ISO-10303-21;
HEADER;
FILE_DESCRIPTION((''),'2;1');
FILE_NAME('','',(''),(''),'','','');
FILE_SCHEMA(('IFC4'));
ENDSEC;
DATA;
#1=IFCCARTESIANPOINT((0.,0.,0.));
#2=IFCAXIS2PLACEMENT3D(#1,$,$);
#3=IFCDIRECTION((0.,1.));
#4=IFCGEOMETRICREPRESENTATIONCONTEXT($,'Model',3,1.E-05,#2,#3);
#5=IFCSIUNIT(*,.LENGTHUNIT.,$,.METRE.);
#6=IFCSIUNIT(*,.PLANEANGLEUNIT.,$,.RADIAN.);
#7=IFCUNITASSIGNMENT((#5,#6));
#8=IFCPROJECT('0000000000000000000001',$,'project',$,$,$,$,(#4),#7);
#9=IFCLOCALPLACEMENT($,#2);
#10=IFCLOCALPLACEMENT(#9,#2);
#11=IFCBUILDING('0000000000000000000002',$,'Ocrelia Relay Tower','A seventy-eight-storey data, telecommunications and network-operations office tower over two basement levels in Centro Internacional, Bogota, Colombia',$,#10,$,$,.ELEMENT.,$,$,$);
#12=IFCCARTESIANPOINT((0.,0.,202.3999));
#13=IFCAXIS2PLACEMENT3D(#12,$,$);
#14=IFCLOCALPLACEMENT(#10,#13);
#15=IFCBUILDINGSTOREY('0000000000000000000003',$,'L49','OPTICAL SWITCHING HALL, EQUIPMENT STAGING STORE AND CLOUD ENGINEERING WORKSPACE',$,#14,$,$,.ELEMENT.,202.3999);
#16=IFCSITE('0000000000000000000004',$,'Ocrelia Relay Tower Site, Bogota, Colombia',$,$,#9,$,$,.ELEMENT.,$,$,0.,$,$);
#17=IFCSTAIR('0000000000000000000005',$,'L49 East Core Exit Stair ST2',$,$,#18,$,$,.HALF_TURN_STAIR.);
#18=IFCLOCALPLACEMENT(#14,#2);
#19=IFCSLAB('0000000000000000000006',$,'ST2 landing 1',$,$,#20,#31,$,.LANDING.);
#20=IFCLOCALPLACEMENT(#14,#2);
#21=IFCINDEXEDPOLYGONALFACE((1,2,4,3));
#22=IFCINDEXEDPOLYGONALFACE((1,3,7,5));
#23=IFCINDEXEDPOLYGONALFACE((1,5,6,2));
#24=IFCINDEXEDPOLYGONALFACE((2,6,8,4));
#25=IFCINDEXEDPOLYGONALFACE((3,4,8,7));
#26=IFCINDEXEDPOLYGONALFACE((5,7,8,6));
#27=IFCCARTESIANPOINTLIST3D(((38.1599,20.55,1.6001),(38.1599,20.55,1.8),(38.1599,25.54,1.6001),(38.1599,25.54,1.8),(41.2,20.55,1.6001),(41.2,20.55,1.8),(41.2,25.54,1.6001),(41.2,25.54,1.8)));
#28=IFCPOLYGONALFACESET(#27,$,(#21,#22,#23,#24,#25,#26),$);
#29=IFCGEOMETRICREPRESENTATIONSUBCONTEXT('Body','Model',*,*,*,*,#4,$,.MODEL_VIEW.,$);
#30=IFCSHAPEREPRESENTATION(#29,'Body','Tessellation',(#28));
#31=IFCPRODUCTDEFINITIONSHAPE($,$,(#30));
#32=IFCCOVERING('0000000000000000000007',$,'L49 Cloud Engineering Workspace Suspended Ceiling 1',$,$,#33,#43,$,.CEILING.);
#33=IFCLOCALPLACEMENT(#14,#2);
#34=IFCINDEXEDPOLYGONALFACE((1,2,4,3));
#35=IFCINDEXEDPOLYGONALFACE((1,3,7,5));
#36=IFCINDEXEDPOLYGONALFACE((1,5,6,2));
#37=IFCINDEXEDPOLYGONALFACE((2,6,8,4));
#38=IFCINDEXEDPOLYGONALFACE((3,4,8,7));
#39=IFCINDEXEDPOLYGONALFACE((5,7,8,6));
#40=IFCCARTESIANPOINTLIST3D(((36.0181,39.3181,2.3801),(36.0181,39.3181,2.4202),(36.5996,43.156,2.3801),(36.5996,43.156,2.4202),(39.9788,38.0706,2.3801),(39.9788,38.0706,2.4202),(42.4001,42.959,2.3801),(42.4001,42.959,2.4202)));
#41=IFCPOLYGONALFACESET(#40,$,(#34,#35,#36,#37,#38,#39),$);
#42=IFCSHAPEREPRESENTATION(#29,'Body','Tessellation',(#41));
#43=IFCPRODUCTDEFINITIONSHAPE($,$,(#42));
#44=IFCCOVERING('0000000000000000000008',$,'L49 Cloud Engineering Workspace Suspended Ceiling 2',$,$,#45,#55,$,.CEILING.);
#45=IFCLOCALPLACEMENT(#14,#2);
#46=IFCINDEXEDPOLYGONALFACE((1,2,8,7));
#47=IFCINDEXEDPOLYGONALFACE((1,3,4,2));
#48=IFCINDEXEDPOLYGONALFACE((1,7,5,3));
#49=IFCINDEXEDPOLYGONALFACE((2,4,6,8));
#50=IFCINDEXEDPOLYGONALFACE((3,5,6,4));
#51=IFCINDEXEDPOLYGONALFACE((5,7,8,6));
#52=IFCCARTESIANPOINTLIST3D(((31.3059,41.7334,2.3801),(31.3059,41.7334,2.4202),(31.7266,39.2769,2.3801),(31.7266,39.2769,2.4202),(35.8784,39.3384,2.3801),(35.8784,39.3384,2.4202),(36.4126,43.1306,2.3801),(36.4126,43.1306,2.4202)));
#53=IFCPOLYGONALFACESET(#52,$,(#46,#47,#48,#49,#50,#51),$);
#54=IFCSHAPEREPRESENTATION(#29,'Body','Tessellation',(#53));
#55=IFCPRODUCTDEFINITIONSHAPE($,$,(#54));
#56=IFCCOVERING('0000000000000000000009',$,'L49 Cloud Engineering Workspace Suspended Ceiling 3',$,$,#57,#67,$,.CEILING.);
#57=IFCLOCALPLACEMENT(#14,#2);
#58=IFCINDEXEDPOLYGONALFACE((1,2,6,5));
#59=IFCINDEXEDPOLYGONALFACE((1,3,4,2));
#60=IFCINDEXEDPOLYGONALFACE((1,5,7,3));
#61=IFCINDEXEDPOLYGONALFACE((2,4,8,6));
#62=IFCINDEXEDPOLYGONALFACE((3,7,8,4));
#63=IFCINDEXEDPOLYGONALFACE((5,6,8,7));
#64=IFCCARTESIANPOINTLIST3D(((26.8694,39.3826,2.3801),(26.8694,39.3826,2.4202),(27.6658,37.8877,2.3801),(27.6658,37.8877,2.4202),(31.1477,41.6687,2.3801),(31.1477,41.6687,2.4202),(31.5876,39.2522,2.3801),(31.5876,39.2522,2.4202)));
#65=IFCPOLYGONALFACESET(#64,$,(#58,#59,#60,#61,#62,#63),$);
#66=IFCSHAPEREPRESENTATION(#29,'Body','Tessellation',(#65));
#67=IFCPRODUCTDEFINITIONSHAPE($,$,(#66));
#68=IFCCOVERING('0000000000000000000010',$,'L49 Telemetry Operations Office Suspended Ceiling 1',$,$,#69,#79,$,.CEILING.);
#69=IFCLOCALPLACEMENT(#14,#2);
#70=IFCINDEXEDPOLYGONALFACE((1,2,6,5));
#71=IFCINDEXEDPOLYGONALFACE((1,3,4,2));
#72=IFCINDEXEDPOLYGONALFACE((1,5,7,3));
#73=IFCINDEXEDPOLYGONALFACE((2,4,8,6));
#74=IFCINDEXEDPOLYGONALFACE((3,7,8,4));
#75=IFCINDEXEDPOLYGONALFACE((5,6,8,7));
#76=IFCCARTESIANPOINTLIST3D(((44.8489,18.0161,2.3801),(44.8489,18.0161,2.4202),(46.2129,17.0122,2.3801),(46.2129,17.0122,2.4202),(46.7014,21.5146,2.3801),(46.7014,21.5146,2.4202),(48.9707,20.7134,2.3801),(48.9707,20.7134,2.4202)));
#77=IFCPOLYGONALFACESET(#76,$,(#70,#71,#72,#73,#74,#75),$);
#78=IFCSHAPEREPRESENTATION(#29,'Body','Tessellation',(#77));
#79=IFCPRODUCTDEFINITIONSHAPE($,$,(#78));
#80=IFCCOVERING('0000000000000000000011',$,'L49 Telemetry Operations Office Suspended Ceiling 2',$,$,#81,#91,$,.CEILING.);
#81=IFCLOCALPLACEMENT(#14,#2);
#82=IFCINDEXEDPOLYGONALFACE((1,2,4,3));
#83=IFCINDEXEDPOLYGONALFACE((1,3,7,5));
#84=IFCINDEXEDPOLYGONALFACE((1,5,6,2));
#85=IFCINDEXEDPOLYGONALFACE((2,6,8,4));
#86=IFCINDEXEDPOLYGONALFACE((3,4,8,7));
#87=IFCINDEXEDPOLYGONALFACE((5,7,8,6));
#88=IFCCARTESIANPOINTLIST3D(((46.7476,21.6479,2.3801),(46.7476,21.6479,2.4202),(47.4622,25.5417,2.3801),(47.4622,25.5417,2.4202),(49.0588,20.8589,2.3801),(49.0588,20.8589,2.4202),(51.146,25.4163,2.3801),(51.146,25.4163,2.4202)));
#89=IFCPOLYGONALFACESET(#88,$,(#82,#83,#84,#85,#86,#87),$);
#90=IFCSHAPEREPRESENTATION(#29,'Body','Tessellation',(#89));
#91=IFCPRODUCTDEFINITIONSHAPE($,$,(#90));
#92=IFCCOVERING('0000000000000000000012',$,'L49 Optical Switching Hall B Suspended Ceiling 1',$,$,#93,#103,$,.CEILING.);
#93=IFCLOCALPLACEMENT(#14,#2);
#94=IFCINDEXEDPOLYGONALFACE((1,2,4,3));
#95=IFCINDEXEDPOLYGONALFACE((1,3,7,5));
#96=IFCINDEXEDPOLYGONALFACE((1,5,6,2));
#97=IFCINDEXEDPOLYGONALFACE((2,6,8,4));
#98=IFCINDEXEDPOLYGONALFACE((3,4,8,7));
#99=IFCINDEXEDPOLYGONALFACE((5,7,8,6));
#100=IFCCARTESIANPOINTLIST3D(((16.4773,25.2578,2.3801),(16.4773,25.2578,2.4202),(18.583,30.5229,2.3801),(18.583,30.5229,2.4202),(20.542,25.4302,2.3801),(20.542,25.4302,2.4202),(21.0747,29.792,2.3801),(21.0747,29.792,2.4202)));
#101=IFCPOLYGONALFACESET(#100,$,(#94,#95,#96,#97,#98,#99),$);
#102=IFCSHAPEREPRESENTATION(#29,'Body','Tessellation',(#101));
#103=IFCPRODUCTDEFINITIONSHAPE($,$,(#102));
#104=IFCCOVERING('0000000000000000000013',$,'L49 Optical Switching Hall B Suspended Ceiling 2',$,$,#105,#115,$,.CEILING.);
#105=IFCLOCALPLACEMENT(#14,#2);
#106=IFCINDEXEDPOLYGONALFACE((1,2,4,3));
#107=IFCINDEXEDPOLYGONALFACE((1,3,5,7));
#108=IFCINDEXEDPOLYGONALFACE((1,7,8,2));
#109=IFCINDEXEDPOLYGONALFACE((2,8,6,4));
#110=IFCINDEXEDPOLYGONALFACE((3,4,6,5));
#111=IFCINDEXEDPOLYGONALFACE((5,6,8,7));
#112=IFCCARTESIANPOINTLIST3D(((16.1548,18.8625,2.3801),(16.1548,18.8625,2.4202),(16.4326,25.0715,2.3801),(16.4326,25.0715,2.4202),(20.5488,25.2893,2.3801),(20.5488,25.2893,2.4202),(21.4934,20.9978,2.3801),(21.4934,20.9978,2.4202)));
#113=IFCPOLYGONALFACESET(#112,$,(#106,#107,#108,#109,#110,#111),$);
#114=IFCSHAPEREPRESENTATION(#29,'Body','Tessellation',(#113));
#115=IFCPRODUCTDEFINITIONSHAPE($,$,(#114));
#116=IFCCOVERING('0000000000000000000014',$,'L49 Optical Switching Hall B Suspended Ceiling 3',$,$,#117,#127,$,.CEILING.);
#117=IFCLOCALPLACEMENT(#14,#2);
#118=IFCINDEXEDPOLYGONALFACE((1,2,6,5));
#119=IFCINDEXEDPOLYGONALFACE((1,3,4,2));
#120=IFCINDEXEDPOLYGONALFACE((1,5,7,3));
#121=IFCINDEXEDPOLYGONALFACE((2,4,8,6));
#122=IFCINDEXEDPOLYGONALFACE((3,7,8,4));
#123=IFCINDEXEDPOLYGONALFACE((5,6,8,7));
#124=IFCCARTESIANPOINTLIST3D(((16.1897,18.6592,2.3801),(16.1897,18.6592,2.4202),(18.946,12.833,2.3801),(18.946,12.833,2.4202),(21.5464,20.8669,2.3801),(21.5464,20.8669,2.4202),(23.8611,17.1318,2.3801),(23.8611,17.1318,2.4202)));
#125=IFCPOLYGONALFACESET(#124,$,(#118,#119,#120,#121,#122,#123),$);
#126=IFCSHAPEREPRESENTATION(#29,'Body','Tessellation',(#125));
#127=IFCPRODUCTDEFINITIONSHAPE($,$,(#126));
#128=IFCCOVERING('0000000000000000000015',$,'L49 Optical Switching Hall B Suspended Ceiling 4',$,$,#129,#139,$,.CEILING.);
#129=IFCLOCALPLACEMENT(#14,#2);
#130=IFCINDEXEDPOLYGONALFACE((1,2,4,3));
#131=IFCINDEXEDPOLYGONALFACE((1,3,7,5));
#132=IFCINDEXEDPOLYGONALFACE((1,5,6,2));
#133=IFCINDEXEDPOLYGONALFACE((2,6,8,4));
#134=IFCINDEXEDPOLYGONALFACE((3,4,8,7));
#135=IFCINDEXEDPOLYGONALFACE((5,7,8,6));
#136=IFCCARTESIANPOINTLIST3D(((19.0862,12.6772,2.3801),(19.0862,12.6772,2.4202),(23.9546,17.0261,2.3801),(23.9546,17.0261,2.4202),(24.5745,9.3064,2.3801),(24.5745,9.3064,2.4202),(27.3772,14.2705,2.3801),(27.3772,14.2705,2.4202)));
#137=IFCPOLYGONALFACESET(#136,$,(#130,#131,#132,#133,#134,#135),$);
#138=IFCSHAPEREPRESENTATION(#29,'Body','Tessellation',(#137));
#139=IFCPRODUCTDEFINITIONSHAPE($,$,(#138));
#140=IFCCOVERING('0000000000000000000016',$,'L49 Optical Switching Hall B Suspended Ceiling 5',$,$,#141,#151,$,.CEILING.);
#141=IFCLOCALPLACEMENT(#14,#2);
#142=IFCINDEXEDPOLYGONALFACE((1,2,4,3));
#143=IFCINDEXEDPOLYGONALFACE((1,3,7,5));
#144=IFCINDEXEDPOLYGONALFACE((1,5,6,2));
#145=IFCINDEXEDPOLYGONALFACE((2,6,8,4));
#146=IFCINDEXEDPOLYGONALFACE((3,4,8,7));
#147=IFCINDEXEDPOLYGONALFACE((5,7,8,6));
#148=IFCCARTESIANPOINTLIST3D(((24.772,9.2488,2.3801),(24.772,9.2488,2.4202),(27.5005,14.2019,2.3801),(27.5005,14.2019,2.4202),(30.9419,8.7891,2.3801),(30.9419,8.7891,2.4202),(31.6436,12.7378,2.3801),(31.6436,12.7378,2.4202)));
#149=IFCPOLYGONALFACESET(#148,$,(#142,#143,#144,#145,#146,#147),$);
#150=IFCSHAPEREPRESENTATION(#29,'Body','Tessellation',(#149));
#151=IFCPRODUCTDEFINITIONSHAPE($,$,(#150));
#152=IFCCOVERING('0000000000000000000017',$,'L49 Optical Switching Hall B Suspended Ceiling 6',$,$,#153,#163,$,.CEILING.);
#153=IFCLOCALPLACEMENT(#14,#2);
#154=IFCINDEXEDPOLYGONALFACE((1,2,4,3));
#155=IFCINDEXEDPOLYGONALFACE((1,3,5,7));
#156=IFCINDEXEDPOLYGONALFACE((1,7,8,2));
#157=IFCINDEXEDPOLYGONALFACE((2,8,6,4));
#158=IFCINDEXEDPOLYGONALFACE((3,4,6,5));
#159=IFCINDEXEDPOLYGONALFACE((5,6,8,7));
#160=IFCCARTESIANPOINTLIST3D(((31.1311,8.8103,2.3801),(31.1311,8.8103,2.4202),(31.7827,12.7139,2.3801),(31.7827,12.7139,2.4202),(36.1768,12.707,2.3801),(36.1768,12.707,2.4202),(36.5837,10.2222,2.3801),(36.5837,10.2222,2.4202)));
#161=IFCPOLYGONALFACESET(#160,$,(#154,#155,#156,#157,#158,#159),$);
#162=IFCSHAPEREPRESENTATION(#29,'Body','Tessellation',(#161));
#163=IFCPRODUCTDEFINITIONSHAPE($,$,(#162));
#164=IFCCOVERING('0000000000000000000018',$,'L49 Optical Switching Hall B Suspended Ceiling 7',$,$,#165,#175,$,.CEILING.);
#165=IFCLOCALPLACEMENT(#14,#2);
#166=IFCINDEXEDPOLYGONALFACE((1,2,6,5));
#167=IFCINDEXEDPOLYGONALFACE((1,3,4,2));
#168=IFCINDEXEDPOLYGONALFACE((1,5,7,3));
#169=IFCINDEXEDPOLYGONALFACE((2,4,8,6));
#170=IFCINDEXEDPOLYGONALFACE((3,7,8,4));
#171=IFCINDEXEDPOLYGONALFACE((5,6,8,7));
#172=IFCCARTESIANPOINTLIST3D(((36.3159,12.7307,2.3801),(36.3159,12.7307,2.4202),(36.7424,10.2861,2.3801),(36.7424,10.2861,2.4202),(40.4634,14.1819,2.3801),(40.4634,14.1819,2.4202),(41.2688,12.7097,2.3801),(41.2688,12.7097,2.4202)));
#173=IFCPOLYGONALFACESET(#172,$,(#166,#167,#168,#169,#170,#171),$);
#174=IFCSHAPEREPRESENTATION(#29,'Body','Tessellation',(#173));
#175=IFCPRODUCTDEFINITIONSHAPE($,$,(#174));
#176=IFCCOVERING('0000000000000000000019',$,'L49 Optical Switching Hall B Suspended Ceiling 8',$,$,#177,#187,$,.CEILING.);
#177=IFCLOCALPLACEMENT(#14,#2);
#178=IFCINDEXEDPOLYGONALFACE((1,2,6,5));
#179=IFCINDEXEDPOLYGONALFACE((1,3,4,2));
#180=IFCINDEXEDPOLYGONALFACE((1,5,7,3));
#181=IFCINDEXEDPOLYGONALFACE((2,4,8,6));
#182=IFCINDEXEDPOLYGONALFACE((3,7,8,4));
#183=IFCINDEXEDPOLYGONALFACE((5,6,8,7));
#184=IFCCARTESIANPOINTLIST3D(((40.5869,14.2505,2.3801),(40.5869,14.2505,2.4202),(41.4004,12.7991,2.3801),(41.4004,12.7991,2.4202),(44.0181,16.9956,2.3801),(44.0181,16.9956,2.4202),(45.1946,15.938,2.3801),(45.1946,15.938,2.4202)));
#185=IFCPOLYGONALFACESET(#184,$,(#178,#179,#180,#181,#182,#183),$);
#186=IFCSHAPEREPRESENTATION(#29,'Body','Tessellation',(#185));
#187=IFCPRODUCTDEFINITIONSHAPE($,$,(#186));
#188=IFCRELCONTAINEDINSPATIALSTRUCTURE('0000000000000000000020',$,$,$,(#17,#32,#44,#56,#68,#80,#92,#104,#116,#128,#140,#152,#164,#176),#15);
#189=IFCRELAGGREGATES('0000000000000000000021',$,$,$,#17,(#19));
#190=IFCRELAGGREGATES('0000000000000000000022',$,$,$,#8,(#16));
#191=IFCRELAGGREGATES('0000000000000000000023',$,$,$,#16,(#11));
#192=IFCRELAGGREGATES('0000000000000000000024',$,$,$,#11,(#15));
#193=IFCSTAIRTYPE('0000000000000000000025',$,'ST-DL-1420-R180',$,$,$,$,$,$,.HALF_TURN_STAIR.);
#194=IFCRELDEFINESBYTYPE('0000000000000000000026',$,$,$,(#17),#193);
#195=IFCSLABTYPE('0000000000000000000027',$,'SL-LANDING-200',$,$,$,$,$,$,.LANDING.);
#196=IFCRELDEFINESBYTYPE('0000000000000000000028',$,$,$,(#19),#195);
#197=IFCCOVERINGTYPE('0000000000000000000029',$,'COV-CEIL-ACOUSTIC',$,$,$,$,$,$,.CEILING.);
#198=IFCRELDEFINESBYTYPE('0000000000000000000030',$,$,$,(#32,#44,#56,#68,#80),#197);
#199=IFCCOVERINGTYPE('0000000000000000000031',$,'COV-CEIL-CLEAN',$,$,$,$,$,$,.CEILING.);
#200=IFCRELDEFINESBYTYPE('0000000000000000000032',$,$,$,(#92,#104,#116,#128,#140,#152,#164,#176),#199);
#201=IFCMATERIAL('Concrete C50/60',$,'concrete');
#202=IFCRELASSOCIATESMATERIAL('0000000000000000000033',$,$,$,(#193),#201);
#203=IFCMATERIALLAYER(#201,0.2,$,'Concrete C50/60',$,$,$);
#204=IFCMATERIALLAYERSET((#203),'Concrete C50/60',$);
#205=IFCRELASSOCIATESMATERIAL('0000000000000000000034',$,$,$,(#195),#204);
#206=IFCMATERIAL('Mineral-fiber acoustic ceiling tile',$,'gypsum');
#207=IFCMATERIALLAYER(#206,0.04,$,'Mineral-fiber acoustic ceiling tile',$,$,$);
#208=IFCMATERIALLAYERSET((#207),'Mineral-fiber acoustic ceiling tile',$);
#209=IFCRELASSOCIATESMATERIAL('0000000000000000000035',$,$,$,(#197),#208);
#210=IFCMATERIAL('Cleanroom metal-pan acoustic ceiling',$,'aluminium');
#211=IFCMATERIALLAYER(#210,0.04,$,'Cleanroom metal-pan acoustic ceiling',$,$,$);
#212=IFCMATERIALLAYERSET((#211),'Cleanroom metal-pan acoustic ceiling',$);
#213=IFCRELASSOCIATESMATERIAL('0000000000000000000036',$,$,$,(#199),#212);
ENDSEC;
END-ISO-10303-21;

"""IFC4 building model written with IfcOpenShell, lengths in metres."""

from ifc_helpers import new_model, si_unit, direction, frame, origin, place, context, subcontext, project, spatial, polyline, outline, extrude, material, layer, layer_set, type_object, element, aggregate, save


model = new_model("IFC4")

# Units and contexts
model_context = context("Model", 3, precision=1e-05, world=origin(), true_north=direction((0.0, 1.0)))
body_context = subcontext(model_context, "Body", "Model", "MODEL_VIEW")
ifc_project = project(units=[si_unit("LENGTHUNIT", "METRE"), si_unit("PLANEANGLEUNIT", "RADIAN")], contexts=[model_context])

# Site, building, storey
site_placement = place(None, origin())
site = spatial("IfcSite", under=ifc_project, at=site_placement, Name="Ocrelia Relay Tower Site, Bogota, Colombia", CompositionType="ELEMENT", RefElevation=0.0)
building_placement = place(site_placement, origin())
building = spatial("IfcBuilding", under=site, at=building_placement, Name="Ocrelia Relay Tower", Description="A seventy-eight-storey data, telecommunications and network-operations office tower over two basement levels in Centro Internacional, Bogota, Colombia", CompositionType="ELEMENT")
storey_placement = place(building_placement, frame((0.0, 0.0, 202.3999)))
storey = spatial("IfcBuildingStorey", under=building, at=storey_placement, Name="L49", Description="OPTICAL SWITCHING HALL, EQUIPMENT STAGING STORE AND CLOUD ENGINEERING WORKSPACE", CompositionType="ELEMENT", Elevation=202.3999)

# Shared definitions
ifc_material_1 = material(Name="Concrete C50/60", Category="concrete")

# Stair, slab
stair_type = type_object("IfcStairType", Name="ST-DL-1420-R180", PredefinedType="HALF_TURN_STAIR", material=ifc_material_1)
ifc_layer_1 = layer(ifc_material_1, 0.2, Name="Concrete C50/60")
ifc_layer_set_1 = layer_set([ifc_layer_1], Name="Concrete C50/60")
slab_type_1 = type_object("IfcSlabType", Name="SL-LANDING-200", PredefinedType="LANDING", material=ifc_layer_set_1)
stair_1_placement = place(storey_placement, origin())
stair_1 = element("IfcStair", 1, at=stair_1_placement, inside=storey, type_object=stair_type, Name="L49 East Core Exit Stair ST2", PredefinedType="HALF_TURN_STAIR")
slab_1_placement = place(storey_placement, frame((0.0, 0.0, 1.6001)))
slab_1 = element("IfcSlab", 2, at=slab_1_placement, type_object=slab_type_1, Name="ST2 landing 1", PredefinedType="LANDING", context=body_context, shape_type="SweptSolid", body=[
    extrude(outline(polyline([(38.1599, 25.54), (38.1599, 20.55), (41.2, 20.55), (41.2, 25.54), (38.1599, 25.54)])), origin(), (0.0, 0.0, 1.0), 0.2),
])
aggregate(stair_1, [slab_1])

# Coverings
ifc_material_2 = material(Name="Mineral-fiber acoustic ceiling tile", Category="gypsum")
ifc_layer_2 = layer(ifc_material_2, 0.04, Name="Mineral-fiber acoustic ceiling tile")
ifc_layer_set_2 = layer_set([ifc_layer_2], Name="Mineral-fiber acoustic ceiling tile")
covering_type_1 = type_object("IfcCoveringType", Name="COV-CEIL-ACOUSTIC", PredefinedType="CEILING", material=ifc_layer_set_2)
covering_1_placement = place(storey_placement, frame((0.0, 0.0, 2.3801)))
element("IfcCovering", 3, at=covering_1_placement, inside=storey, type_object=covering_type_1, Name="L49 Cloud Engineering Workspace Suspended Ceiling 1", PredefinedType="CEILING", context=body_context, shape_type="SweptSolid", body=[
    extrude(outline(polyline([(39.9788, 38.0706), (42.4001, 42.959), (36.5996, 43.156), (36.0181, 39.3181), (39.9788, 38.0706)])), origin(), (0.0, 0.0, 1.0), 0.04),
])
covering_2_placement = place(storey_placement, frame((0.0, 0.0, 2.3801)))
element("IfcCovering", 4, at=covering_2_placement, inside=storey, type_object=covering_type_1, Name="L49 Cloud Engineering Workspace Suspended Ceiling 2", PredefinedType="CEILING", context=body_context, shape_type="SweptSolid", body=[
    extrude(outline(polyline([(35.8784, 39.3384), (36.4126, 43.1306), (31.3059, 41.7334), (31.7266, 39.2769), (35.8784, 39.3384)])), origin(), (0.0, 0.0, 1.0), 0.04),
])
covering_3_placement = place(storey_placement, frame((0.0, 0.0, 2.3801)))
element("IfcCovering", 5, at=covering_3_placement, inside=storey, type_object=covering_type_1, Name="L49 Cloud Engineering Workspace Suspended Ceiling 3", PredefinedType="CEILING", context=body_context, shape_type="SweptSolid", body=[
    extrude(outline(polyline([(31.5876, 39.2522), (31.1477, 41.6687), (26.8694, 39.3826), (27.6658, 37.8877), (31.5876, 39.2522)])), origin(), (0.0, 0.0, 1.0), 0.04),
])
covering_4_placement = place(storey_placement, frame((0.0, 0.0, 2.3801)))
element("IfcCovering", 6, at=covering_4_placement, inside=storey, type_object=covering_type_1, Name="L49 Telemetry Operations Office Suspended Ceiling 1", PredefinedType="CEILING", context=body_context, shape_type="SweptSolid", body=[
    extrude(outline(polyline([(44.8489, 18.0161), (46.2129, 17.0122), (48.9707, 20.7134), (46.7014, 21.5146), (44.8489, 18.0161)])), origin(), (0.0, 0.0, 1.0), 0.04),
])
covering_5_placement = place(storey_placement, frame((0.0, 0.0, 2.3801)))
element("IfcCovering", 7, at=covering_5_placement, inside=storey, type_object=covering_type_1, Name="L49 Telemetry Operations Office Suspended Ceiling 2", PredefinedType="CEILING", context=body_context, shape_type="SweptSolid", body=[
    extrude(outline(polyline([(46.7476, 21.6479), (49.0588, 20.8589), (51.146, 25.4163), (47.4622, 25.5417), (46.7476, 21.6479)])), origin(), (0.0, 0.0, 1.0), 0.04),
])
ifc_material_3 = material(Name="Cleanroom metal-pan acoustic ceiling", Category="aluminium")
ifc_layer_3 = layer(ifc_material_3, 0.04, Name="Cleanroom metal-pan acoustic ceiling")
ifc_layer_set_3 = layer_set([ifc_layer_3], Name="Cleanroom metal-pan acoustic ceiling")
covering_type_2 = type_object("IfcCoveringType", Name="COV-CEIL-CLEAN", PredefinedType="CEILING", material=ifc_layer_set_3)
covering_6_placement = place(storey_placement, frame((0.0, 0.0, 2.3801)))
element("IfcCovering", 8, at=covering_6_placement, inside=storey, type_object=covering_type_2, Name="L49 Optical Switching Hall B Suspended Ceiling 1", PredefinedType="CEILING", context=body_context, shape_type="SweptSolid", body=[
    extrude(outline(polyline([(21.0747, 29.792), (18.583, 30.5229), (16.4773, 25.2578), (20.542, 25.4302), (21.0747, 29.792)])), origin(), (0.0, 0.0, 1.0), 0.04),
])
covering_7_placement = place(storey_placement, frame((0.0, 0.0, 2.3801)))
element("IfcCovering", 9, at=covering_7_placement, inside=storey, type_object=covering_type_2, Name="L49 Optical Switching Hall B Suspended Ceiling 2", PredefinedType="CEILING", context=body_context, shape_type="SweptSolid", body=[
    extrude(outline(polyline([(20.5488, 25.2893), (16.4326, 25.0715), (16.1548, 18.8625), (21.4934, 20.9978), (20.5488, 25.2893)])), origin(), (0.0, 0.0, 1.0), 0.04),
])
covering_8_placement = place(storey_placement, frame((0.0, 0.0, 2.3801)))
element("IfcCovering", 10, at=covering_8_placement, inside=storey, type_object=covering_type_2, Name="L49 Optical Switching Hall B Suspended Ceiling 3", PredefinedType="CEILING", context=body_context, shape_type="SweptSolid", body=[
    extrude(outline(polyline([(21.5464, 20.8669), (16.1897, 18.6592), (18.946, 12.833), (23.8611, 17.1318), (21.5464, 20.8669)])), origin(), (0.0, 0.0, 1.0), 0.04),
])
covering_9_placement = place(storey_placement, frame((0.0, 0.0, 2.3801)))
element("IfcCovering", 11, at=covering_9_placement, inside=storey, type_object=covering_type_2, Name="L49 Optical Switching Hall B Suspended Ceiling 4", PredefinedType="CEILING", context=body_context, shape_type="SweptSolid", body=[
    extrude(outline(polyline([(23.9546, 17.0261), (19.0862, 12.6772), (24.5745, 9.3064), (27.3772, 14.2705), (23.9546, 17.0261)])), origin(), (0.0, 0.0, 1.0), 0.04),
])
covering_10_placement = place(storey_placement, frame((0.0, 0.0, 2.3801)))
element("IfcCovering", 12, at=covering_10_placement, inside=storey, type_object=covering_type_2, Name="L49 Optical Switching Hall B Suspended Ceiling 5", PredefinedType="CEILING", context=body_context, shape_type="SweptSolid", body=[
    extrude(outline(polyline([(27.5005, 14.2019), (24.772, 9.2488), (30.9419, 8.7891), (31.6436, 12.7378), (27.5005, 14.2019)])), origin(), (0.0, 0.0, 1.0), 0.04),
])
covering_11_placement = place(storey_placement, frame((0.0, 0.0, 2.3801)))
element("IfcCovering", 13, at=covering_11_placement, inside=storey, type_object=covering_type_2, Name="L49 Optical Switching Hall B Suspended Ceiling 6", PredefinedType="CEILING", context=body_context, shape_type="SweptSolid", body=[
    extrude(outline(polyline([(31.7827, 12.7139), (31.1311, 8.8103), (36.5837, 10.2222), (36.1768, 12.707), (31.7827, 12.7139)])), origin(), (0.0, 0.0, 1.0), 0.04),
])
covering_12_placement = place(storey_placement, frame((0.0, 0.0, 2.3801)))
element("IfcCovering", 14, at=covering_12_placement, inside=storey, type_object=covering_type_2, Name="L49 Optical Switching Hall B Suspended Ceiling 7", PredefinedType="CEILING", context=body_context, shape_type="SweptSolid", body=[
    extrude(outline(polyline([(36.3159, 12.7307), (36.7424, 10.2861), (41.2688, 12.7097), (40.4634, 14.1819), (36.3159, 12.7307)])), origin(), (0.0, 0.0, 1.0), 0.04),
])
covering_13_placement = place(storey_placement, frame((0.0, 0.0, 2.3801)))
element("IfcCovering", 15, at=covering_13_placement, inside=storey, type_object=covering_type_2, Name="L49 Optical Switching Hall B Suspended Ceiling 8", PredefinedType="CEILING", context=body_context, shape_type="SweptSolid", body=[
    extrude(outline(polyline([(40.5869, 14.2505), (41.4004, 12.7991), (45.1946, 15.938), (44.0181, 16.9956), (40.5869, 14.2505)])), origin(), (0.0, 0.0, 1.0), 0.04),
])

save(model, "model.ifc")
